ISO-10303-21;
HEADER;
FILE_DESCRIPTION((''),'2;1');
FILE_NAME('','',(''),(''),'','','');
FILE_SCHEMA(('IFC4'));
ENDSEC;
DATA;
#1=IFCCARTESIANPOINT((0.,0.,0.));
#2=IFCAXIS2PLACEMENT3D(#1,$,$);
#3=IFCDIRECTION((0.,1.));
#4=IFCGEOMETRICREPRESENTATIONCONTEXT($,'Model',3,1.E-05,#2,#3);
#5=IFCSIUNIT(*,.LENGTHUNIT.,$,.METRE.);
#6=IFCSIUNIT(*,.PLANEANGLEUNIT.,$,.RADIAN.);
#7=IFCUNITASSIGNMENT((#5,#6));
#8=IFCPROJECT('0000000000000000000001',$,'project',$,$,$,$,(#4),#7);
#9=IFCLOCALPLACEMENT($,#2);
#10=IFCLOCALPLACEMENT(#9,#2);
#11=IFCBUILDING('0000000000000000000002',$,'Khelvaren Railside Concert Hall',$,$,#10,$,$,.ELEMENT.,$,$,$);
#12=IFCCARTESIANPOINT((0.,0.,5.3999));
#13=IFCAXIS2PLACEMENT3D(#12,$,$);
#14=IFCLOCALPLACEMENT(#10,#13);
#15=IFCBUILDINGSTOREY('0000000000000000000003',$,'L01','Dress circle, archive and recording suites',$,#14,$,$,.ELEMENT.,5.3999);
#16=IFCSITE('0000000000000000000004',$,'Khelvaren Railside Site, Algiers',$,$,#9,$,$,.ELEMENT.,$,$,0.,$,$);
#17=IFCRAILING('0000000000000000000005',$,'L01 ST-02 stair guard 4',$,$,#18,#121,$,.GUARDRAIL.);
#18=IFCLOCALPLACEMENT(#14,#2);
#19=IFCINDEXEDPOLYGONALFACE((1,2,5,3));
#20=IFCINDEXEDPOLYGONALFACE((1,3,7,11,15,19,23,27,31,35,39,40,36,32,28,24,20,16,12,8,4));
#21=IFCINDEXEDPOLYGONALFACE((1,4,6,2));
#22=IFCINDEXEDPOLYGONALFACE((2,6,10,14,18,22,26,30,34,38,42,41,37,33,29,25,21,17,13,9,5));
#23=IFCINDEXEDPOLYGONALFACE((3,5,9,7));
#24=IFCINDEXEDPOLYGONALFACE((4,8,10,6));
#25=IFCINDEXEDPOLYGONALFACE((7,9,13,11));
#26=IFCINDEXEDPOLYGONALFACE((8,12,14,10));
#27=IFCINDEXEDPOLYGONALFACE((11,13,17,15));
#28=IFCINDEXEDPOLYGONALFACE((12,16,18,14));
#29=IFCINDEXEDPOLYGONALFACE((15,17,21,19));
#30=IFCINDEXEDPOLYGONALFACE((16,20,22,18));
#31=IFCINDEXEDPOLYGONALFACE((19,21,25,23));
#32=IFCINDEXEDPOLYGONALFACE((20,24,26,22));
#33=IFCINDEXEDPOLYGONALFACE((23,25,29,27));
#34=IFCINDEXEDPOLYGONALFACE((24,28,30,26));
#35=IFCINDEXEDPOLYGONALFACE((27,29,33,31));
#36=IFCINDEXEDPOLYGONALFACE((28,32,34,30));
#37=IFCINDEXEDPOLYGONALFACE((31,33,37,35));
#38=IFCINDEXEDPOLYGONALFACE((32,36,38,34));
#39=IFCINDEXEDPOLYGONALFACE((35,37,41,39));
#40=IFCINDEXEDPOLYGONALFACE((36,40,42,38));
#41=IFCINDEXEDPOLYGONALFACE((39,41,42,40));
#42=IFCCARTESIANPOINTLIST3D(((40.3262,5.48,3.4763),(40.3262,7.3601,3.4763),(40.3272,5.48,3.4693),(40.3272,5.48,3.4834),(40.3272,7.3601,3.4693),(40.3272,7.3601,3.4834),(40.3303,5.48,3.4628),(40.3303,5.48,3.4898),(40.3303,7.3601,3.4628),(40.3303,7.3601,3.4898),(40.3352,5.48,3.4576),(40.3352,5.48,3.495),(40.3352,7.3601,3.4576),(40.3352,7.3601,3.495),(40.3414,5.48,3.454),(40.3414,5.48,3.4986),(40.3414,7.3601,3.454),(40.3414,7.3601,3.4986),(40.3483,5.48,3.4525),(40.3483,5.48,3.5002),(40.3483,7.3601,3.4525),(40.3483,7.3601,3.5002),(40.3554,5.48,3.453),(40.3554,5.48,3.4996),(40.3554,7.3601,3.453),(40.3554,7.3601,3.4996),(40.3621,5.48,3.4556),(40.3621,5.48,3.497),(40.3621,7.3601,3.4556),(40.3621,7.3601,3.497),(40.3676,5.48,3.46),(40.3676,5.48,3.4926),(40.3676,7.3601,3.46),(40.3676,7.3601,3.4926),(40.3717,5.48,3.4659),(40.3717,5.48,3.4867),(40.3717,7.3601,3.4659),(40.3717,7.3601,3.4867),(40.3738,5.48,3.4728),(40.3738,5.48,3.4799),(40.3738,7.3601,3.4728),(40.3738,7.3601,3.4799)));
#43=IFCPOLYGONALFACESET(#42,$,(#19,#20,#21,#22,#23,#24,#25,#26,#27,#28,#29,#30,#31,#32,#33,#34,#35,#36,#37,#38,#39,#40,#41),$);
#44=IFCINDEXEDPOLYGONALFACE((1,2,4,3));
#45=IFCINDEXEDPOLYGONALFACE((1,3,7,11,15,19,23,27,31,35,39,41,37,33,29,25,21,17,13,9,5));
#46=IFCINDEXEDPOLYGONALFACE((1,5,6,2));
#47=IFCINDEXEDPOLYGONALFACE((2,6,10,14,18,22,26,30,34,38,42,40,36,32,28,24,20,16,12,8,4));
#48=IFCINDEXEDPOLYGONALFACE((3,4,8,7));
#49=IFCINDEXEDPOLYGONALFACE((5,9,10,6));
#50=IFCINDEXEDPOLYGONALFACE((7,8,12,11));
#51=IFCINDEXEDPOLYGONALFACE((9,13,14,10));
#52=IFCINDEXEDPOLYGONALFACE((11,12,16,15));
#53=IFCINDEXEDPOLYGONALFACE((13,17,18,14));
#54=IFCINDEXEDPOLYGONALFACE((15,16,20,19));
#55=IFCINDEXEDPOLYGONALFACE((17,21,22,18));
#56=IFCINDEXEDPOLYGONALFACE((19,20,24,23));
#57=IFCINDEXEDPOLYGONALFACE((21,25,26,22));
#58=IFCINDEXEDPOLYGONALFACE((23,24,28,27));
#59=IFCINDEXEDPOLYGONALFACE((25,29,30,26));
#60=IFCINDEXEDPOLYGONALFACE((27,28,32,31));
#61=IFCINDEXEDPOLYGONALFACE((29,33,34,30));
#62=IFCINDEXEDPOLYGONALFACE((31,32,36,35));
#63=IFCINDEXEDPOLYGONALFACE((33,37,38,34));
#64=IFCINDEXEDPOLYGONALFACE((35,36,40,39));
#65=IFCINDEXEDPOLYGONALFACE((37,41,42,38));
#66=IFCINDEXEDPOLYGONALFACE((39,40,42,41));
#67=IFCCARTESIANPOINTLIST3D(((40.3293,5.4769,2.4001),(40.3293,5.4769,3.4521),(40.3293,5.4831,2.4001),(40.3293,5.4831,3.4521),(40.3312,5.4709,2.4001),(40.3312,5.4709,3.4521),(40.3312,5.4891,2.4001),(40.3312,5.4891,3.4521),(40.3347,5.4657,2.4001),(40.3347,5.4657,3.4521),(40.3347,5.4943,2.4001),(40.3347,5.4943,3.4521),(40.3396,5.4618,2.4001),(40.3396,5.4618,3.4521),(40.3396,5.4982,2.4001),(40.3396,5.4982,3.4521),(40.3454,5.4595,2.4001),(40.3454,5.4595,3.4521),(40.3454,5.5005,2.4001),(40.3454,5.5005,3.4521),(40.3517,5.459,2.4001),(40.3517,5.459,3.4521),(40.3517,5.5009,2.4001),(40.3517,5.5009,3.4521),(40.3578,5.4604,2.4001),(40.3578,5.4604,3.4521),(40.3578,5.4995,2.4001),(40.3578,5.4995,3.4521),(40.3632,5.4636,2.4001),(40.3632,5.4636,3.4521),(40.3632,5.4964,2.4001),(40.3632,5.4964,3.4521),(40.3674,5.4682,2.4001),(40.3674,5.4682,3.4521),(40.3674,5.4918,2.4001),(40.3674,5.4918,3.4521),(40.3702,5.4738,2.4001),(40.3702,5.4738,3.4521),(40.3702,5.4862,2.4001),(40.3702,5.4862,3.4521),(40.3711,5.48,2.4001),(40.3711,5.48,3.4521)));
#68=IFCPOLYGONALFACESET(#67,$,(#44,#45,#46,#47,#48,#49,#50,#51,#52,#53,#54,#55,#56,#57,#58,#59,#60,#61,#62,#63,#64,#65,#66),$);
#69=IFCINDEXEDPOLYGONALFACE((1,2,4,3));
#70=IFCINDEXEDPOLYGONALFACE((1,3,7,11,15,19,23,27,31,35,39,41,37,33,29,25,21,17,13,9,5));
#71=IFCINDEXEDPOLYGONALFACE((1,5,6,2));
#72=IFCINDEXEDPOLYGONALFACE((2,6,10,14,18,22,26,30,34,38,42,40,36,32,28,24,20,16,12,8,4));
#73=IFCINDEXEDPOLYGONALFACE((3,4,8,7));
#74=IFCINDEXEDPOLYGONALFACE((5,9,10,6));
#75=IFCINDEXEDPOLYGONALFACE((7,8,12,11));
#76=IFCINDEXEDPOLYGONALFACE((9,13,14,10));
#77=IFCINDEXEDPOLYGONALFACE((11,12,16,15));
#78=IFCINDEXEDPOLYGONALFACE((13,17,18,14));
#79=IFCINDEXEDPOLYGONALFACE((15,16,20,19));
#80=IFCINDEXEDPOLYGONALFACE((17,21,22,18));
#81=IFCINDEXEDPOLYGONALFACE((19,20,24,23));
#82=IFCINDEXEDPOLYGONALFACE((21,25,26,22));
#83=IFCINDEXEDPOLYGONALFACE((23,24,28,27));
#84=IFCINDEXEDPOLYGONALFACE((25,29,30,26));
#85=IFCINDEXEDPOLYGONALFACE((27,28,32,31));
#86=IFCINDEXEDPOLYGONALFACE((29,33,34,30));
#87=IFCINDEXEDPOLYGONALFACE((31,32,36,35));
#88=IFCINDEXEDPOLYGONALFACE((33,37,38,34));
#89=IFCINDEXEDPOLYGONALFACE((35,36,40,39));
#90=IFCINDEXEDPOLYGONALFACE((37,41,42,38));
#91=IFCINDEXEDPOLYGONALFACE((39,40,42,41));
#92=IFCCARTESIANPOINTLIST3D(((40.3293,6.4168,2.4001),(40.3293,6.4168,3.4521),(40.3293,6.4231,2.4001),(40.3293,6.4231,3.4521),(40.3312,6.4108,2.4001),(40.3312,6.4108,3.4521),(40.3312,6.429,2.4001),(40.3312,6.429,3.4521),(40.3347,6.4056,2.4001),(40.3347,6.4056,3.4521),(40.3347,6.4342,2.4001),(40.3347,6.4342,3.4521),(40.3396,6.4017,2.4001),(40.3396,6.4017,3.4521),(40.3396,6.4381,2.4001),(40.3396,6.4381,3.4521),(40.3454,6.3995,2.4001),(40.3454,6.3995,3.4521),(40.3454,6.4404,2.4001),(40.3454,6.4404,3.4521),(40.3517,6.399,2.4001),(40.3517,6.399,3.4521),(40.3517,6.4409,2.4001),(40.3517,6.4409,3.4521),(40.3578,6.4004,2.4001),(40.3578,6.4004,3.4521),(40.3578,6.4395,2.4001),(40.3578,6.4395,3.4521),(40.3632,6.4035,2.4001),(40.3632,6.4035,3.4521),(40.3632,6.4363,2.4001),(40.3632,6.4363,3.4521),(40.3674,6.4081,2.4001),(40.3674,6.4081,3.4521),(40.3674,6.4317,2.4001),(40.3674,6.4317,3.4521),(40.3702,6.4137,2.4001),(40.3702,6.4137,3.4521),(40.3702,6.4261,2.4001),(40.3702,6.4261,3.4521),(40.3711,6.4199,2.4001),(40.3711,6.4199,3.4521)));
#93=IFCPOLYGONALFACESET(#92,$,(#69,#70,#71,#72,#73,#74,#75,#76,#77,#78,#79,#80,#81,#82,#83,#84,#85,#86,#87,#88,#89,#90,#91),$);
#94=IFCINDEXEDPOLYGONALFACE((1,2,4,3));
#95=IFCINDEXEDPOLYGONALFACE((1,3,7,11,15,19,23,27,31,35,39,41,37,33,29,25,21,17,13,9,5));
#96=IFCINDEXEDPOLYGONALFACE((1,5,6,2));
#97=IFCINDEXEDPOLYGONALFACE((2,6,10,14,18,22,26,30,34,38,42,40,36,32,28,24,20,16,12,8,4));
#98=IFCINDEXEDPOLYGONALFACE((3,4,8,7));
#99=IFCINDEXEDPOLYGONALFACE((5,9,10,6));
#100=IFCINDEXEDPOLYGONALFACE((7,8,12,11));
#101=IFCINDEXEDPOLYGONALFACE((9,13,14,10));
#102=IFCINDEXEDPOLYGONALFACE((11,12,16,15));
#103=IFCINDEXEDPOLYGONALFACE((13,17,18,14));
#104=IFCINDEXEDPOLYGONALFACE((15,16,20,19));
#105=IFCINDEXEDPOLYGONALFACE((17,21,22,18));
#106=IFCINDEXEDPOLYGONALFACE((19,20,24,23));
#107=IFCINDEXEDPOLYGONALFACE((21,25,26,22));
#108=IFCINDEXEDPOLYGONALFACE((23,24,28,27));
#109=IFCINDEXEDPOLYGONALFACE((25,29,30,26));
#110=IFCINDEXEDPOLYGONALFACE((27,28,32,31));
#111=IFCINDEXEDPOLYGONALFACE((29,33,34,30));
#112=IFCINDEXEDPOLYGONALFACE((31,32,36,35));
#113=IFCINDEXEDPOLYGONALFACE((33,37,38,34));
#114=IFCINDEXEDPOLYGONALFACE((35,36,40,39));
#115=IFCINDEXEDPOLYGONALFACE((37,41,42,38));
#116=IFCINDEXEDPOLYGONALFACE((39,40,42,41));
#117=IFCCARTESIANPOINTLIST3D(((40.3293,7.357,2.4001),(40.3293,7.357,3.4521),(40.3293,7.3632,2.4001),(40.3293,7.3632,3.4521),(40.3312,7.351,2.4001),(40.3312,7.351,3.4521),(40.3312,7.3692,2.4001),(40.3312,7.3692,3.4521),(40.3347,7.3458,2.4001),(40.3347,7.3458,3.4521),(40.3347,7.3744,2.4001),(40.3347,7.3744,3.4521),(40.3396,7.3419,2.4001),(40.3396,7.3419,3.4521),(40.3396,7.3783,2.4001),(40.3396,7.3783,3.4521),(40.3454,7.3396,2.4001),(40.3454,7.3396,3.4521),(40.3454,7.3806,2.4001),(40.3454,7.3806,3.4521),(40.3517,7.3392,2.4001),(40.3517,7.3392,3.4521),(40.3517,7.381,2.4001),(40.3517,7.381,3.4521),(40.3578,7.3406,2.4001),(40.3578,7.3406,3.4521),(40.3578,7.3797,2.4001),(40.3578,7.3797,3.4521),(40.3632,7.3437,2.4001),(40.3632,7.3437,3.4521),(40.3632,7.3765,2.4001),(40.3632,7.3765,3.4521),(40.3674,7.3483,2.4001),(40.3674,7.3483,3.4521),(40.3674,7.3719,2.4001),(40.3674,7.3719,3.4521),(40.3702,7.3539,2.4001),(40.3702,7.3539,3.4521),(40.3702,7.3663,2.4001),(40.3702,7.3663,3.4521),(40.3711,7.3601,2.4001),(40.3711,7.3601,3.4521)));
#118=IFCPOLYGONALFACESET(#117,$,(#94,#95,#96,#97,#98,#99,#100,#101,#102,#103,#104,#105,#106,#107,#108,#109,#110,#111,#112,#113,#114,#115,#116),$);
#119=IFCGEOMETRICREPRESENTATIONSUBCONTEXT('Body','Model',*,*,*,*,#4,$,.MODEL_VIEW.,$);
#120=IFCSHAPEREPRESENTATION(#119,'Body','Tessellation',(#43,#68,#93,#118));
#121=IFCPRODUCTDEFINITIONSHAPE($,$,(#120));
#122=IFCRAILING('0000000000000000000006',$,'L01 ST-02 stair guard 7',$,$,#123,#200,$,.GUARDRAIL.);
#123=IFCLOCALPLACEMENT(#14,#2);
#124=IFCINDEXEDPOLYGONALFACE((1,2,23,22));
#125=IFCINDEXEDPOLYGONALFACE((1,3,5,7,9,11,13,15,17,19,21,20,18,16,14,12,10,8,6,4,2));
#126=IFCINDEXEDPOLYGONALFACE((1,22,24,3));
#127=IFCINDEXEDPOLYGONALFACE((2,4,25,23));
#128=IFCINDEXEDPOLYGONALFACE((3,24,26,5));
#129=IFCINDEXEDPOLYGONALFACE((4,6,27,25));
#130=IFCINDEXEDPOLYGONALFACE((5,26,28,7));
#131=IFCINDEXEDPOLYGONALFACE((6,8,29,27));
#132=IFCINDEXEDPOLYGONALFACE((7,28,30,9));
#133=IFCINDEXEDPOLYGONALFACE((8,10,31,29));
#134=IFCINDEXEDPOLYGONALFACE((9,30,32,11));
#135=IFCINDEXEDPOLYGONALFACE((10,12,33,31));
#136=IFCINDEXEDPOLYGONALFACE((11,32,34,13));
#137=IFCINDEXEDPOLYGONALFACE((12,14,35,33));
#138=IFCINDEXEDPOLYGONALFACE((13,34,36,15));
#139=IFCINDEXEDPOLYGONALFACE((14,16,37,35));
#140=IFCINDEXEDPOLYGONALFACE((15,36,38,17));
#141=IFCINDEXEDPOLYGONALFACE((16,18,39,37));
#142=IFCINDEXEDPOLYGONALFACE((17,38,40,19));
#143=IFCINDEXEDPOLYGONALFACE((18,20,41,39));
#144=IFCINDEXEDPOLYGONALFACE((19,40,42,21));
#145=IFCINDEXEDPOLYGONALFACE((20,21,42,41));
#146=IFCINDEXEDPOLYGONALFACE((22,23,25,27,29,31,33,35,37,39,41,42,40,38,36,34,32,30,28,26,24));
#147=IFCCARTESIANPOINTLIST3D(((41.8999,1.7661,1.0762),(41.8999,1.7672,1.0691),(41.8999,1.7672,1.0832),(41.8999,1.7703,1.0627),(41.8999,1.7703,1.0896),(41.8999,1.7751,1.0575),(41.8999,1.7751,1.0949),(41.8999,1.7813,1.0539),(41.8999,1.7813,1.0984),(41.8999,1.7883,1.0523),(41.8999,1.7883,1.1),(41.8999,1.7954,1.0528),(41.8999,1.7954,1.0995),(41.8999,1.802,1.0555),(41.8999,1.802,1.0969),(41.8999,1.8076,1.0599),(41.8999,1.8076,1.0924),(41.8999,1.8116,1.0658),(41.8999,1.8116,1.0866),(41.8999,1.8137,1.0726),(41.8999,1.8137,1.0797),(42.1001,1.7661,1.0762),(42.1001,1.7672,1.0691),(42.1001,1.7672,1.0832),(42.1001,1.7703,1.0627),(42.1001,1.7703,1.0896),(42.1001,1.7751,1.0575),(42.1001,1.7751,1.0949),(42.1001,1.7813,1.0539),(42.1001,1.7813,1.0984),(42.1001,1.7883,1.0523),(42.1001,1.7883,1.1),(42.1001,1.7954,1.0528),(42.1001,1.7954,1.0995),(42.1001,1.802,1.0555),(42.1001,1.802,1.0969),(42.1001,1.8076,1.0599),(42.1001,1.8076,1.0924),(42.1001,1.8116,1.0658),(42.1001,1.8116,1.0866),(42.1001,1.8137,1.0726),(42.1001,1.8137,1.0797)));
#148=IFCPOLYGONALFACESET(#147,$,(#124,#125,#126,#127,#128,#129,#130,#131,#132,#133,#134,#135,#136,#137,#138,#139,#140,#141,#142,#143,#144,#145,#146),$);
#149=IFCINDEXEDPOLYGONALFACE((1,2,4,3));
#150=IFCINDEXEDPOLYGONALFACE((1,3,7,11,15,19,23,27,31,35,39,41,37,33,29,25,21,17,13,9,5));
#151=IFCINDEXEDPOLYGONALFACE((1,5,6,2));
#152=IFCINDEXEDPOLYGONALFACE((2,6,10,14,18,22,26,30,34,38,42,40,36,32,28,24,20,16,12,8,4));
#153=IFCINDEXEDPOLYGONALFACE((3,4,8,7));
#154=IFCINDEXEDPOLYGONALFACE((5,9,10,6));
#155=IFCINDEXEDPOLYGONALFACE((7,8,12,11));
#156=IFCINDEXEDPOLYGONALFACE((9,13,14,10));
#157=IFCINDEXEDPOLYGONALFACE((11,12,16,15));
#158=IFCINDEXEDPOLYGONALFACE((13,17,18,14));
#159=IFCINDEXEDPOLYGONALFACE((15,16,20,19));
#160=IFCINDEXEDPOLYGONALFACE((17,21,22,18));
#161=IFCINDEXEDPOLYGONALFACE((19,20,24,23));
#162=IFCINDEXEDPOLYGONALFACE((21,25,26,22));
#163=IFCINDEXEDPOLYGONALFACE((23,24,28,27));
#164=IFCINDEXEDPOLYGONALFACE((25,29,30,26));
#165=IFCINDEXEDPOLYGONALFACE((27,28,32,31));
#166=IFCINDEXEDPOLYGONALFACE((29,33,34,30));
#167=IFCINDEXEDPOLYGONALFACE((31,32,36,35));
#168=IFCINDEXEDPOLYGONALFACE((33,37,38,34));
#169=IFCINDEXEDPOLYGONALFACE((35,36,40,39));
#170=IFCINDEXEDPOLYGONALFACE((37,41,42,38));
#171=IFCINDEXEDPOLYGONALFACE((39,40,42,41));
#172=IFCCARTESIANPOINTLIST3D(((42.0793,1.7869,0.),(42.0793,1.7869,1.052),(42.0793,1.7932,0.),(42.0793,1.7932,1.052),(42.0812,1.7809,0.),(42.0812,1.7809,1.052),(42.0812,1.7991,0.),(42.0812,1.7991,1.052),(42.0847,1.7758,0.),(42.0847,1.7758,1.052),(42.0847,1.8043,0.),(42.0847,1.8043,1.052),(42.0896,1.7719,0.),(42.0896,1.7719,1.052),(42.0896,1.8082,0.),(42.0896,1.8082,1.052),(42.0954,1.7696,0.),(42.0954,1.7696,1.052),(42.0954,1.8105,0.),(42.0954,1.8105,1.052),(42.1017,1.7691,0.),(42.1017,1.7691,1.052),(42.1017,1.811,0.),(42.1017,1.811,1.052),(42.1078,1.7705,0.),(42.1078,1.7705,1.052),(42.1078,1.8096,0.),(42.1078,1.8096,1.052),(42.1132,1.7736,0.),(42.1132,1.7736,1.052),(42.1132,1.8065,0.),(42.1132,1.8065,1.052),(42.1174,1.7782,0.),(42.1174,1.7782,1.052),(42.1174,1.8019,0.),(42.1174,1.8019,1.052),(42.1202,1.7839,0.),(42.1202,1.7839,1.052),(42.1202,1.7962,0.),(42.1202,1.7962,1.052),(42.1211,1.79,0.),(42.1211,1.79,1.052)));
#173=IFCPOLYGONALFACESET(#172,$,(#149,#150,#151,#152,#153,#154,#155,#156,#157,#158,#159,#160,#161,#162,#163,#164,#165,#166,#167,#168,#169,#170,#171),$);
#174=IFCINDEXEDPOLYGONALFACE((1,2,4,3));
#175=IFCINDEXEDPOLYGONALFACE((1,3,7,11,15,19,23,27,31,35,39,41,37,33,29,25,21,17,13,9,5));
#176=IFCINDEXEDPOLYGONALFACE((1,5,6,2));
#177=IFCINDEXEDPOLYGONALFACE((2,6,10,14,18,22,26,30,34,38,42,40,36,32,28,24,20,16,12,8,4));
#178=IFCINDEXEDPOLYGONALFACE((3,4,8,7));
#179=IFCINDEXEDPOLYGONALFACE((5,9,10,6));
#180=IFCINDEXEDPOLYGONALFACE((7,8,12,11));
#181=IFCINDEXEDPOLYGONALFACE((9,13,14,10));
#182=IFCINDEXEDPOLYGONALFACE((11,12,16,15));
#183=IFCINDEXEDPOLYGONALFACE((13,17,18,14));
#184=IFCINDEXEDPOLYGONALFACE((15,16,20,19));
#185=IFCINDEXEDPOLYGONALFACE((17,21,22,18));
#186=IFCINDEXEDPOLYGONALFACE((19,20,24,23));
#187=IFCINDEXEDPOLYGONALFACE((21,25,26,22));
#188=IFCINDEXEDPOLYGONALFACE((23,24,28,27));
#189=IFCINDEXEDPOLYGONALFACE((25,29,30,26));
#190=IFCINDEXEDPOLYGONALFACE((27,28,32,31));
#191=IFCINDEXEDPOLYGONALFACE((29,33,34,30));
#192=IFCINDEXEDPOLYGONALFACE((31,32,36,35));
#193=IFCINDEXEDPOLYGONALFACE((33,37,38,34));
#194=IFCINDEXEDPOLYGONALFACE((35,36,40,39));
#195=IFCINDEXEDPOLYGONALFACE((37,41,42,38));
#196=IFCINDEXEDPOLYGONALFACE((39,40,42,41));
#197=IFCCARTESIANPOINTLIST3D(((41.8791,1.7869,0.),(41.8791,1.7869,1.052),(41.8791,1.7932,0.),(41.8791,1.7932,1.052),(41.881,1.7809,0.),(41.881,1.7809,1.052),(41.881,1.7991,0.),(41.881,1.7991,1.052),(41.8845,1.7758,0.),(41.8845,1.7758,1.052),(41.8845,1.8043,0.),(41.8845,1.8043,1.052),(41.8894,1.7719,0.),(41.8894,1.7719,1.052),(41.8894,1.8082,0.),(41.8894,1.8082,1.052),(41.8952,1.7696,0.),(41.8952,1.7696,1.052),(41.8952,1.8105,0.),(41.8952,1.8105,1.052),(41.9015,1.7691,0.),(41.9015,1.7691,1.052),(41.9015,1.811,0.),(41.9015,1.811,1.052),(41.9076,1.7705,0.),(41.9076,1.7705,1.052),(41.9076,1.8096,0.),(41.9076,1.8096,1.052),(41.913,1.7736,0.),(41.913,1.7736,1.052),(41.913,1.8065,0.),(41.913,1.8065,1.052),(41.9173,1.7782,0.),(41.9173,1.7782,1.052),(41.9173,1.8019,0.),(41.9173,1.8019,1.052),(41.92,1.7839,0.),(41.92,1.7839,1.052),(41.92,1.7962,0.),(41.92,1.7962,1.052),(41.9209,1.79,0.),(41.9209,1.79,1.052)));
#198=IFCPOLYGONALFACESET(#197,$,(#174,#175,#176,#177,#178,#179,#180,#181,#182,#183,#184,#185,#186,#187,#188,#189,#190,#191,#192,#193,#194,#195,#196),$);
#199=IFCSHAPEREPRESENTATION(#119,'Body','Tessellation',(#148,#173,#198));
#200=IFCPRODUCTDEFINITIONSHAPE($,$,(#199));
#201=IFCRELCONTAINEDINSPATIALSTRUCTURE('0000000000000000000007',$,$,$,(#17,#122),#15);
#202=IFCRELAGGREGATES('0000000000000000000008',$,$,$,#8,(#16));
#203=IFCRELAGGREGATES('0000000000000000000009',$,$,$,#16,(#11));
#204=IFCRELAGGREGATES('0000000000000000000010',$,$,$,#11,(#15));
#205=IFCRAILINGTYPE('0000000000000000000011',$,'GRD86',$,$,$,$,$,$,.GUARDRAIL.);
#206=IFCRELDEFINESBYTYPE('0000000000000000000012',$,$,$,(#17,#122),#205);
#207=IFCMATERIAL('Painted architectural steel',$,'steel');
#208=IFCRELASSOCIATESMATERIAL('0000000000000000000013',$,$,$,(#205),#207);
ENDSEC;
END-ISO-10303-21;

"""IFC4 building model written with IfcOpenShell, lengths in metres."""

from ifc_helpers import new_model, si_unit, direction, frame, origin, origin_2d, place, context, subcontext, project, spatial, circle, extrude, material, type_object, element, save


model = new_model("IFC4")

# Units and contexts
model_context = context("Model", 3, precision=1e-05, world=origin(), true_north=direction((0.0, 1.0)))
body_context = subcontext(model_context, "Body", "Model", "MODEL_VIEW")
ifc_project = project(units=[si_unit("LENGTHUNIT", "METRE"), si_unit("PLANEANGLEUNIT", "RADIAN")], contexts=[model_context])

# Site, building, storey
site_placement = place(None, origin())
site = spatial("IfcSite", under=ifc_project, at=site_placement, Name="Khelvaren Railside Site, Algiers", CompositionType="ELEMENT", RefElevation=0.0)
building_placement = place(site_placement, origin())
building = spatial("IfcBuilding", under=site, at=building_placement, Name="Khelvaren Railside Concert Hall", CompositionType="ELEMENT")
storey_placement = place(building_placement, frame((0.0, 0.0, 5.3999)))
storey = spatial("IfcBuildingStorey", under=building, at=storey_placement, Name="L01", Description="Dress circle, archive and recording suites", CompositionType="ELEMENT", Elevation=5.3999)

# Railings
ifc_material_1 = material(Name="Painted architectural steel", Category="steel")
railing_type_1 = type_object("IfcRailingType", Name="GRD86", PredefinedType="GUARDRAIL", material=ifc_material_1)
railing_1_placement = place(storey_placement, frame((40.3501, 5.48, 2.4001)))
element("IfcRailing", 1, at=railing_1_placement, inside=storey, type_object=railing_type_1, Name="L01 ST-02 stair guard 4", PredefinedType="GUARDRAIL", context=body_context, shape_type="SweptSolid", body=[
    extrude(circle(Radius=0.0239, at=origin_2d()), frame((0.0, 0.0, 1.0762), z_axis=(0.0, 1.0, 0.0), x_axis=(-1.0, 0.0, 0.0)), (0.0, 0.0, 1.0), 1.8801),
    extrude(circle(Radius=0.021, at=origin_2d()), origin(), (0.0, 0.0, 1.0), 1.052),
    extrude(circle(Radius=0.021, at=origin_2d()), frame((0.0, 0.9399, 0.0)), (0.0, 0.0, 1.0), 1.052),
    extrude(circle(Radius=0.021, at=origin_2d()), frame((0.0, 1.8801, 0.0)), (0.0, 0.0, 1.0), 1.052),
])
railing_2_placement = place(storey_placement, frame((42.1001, 1.79, 0.0)))
element("IfcRailing", 2, at=railing_2_placement, inside=storey, type_object=railing_type_1, Name="L01 ST-02 stair guard 7", PredefinedType="GUARDRAIL", context=body_context, shape_type="SweptSolid", body=[
    extrude(circle(Radius=0.0239, at=origin_2d()), frame((0.0, 0.0, 1.0762), z_axis=(-1.0, 0.0, 0.0), x_axis=(0.0, -1.0, 0.0)), (0.0, 0.0, 1.0), 0.2002),
    extrude(circle(Radius=0.021, at=origin_2d()), origin(), (0.0, 0.0, 1.0), 1.052),
    extrude(circle(Radius=0.021, at=origin_2d()), frame((-0.2002, 0.0, 0.0)), (0.0, 0.0, 1.0), 1.052),
])

save(model, "model.ifc")
